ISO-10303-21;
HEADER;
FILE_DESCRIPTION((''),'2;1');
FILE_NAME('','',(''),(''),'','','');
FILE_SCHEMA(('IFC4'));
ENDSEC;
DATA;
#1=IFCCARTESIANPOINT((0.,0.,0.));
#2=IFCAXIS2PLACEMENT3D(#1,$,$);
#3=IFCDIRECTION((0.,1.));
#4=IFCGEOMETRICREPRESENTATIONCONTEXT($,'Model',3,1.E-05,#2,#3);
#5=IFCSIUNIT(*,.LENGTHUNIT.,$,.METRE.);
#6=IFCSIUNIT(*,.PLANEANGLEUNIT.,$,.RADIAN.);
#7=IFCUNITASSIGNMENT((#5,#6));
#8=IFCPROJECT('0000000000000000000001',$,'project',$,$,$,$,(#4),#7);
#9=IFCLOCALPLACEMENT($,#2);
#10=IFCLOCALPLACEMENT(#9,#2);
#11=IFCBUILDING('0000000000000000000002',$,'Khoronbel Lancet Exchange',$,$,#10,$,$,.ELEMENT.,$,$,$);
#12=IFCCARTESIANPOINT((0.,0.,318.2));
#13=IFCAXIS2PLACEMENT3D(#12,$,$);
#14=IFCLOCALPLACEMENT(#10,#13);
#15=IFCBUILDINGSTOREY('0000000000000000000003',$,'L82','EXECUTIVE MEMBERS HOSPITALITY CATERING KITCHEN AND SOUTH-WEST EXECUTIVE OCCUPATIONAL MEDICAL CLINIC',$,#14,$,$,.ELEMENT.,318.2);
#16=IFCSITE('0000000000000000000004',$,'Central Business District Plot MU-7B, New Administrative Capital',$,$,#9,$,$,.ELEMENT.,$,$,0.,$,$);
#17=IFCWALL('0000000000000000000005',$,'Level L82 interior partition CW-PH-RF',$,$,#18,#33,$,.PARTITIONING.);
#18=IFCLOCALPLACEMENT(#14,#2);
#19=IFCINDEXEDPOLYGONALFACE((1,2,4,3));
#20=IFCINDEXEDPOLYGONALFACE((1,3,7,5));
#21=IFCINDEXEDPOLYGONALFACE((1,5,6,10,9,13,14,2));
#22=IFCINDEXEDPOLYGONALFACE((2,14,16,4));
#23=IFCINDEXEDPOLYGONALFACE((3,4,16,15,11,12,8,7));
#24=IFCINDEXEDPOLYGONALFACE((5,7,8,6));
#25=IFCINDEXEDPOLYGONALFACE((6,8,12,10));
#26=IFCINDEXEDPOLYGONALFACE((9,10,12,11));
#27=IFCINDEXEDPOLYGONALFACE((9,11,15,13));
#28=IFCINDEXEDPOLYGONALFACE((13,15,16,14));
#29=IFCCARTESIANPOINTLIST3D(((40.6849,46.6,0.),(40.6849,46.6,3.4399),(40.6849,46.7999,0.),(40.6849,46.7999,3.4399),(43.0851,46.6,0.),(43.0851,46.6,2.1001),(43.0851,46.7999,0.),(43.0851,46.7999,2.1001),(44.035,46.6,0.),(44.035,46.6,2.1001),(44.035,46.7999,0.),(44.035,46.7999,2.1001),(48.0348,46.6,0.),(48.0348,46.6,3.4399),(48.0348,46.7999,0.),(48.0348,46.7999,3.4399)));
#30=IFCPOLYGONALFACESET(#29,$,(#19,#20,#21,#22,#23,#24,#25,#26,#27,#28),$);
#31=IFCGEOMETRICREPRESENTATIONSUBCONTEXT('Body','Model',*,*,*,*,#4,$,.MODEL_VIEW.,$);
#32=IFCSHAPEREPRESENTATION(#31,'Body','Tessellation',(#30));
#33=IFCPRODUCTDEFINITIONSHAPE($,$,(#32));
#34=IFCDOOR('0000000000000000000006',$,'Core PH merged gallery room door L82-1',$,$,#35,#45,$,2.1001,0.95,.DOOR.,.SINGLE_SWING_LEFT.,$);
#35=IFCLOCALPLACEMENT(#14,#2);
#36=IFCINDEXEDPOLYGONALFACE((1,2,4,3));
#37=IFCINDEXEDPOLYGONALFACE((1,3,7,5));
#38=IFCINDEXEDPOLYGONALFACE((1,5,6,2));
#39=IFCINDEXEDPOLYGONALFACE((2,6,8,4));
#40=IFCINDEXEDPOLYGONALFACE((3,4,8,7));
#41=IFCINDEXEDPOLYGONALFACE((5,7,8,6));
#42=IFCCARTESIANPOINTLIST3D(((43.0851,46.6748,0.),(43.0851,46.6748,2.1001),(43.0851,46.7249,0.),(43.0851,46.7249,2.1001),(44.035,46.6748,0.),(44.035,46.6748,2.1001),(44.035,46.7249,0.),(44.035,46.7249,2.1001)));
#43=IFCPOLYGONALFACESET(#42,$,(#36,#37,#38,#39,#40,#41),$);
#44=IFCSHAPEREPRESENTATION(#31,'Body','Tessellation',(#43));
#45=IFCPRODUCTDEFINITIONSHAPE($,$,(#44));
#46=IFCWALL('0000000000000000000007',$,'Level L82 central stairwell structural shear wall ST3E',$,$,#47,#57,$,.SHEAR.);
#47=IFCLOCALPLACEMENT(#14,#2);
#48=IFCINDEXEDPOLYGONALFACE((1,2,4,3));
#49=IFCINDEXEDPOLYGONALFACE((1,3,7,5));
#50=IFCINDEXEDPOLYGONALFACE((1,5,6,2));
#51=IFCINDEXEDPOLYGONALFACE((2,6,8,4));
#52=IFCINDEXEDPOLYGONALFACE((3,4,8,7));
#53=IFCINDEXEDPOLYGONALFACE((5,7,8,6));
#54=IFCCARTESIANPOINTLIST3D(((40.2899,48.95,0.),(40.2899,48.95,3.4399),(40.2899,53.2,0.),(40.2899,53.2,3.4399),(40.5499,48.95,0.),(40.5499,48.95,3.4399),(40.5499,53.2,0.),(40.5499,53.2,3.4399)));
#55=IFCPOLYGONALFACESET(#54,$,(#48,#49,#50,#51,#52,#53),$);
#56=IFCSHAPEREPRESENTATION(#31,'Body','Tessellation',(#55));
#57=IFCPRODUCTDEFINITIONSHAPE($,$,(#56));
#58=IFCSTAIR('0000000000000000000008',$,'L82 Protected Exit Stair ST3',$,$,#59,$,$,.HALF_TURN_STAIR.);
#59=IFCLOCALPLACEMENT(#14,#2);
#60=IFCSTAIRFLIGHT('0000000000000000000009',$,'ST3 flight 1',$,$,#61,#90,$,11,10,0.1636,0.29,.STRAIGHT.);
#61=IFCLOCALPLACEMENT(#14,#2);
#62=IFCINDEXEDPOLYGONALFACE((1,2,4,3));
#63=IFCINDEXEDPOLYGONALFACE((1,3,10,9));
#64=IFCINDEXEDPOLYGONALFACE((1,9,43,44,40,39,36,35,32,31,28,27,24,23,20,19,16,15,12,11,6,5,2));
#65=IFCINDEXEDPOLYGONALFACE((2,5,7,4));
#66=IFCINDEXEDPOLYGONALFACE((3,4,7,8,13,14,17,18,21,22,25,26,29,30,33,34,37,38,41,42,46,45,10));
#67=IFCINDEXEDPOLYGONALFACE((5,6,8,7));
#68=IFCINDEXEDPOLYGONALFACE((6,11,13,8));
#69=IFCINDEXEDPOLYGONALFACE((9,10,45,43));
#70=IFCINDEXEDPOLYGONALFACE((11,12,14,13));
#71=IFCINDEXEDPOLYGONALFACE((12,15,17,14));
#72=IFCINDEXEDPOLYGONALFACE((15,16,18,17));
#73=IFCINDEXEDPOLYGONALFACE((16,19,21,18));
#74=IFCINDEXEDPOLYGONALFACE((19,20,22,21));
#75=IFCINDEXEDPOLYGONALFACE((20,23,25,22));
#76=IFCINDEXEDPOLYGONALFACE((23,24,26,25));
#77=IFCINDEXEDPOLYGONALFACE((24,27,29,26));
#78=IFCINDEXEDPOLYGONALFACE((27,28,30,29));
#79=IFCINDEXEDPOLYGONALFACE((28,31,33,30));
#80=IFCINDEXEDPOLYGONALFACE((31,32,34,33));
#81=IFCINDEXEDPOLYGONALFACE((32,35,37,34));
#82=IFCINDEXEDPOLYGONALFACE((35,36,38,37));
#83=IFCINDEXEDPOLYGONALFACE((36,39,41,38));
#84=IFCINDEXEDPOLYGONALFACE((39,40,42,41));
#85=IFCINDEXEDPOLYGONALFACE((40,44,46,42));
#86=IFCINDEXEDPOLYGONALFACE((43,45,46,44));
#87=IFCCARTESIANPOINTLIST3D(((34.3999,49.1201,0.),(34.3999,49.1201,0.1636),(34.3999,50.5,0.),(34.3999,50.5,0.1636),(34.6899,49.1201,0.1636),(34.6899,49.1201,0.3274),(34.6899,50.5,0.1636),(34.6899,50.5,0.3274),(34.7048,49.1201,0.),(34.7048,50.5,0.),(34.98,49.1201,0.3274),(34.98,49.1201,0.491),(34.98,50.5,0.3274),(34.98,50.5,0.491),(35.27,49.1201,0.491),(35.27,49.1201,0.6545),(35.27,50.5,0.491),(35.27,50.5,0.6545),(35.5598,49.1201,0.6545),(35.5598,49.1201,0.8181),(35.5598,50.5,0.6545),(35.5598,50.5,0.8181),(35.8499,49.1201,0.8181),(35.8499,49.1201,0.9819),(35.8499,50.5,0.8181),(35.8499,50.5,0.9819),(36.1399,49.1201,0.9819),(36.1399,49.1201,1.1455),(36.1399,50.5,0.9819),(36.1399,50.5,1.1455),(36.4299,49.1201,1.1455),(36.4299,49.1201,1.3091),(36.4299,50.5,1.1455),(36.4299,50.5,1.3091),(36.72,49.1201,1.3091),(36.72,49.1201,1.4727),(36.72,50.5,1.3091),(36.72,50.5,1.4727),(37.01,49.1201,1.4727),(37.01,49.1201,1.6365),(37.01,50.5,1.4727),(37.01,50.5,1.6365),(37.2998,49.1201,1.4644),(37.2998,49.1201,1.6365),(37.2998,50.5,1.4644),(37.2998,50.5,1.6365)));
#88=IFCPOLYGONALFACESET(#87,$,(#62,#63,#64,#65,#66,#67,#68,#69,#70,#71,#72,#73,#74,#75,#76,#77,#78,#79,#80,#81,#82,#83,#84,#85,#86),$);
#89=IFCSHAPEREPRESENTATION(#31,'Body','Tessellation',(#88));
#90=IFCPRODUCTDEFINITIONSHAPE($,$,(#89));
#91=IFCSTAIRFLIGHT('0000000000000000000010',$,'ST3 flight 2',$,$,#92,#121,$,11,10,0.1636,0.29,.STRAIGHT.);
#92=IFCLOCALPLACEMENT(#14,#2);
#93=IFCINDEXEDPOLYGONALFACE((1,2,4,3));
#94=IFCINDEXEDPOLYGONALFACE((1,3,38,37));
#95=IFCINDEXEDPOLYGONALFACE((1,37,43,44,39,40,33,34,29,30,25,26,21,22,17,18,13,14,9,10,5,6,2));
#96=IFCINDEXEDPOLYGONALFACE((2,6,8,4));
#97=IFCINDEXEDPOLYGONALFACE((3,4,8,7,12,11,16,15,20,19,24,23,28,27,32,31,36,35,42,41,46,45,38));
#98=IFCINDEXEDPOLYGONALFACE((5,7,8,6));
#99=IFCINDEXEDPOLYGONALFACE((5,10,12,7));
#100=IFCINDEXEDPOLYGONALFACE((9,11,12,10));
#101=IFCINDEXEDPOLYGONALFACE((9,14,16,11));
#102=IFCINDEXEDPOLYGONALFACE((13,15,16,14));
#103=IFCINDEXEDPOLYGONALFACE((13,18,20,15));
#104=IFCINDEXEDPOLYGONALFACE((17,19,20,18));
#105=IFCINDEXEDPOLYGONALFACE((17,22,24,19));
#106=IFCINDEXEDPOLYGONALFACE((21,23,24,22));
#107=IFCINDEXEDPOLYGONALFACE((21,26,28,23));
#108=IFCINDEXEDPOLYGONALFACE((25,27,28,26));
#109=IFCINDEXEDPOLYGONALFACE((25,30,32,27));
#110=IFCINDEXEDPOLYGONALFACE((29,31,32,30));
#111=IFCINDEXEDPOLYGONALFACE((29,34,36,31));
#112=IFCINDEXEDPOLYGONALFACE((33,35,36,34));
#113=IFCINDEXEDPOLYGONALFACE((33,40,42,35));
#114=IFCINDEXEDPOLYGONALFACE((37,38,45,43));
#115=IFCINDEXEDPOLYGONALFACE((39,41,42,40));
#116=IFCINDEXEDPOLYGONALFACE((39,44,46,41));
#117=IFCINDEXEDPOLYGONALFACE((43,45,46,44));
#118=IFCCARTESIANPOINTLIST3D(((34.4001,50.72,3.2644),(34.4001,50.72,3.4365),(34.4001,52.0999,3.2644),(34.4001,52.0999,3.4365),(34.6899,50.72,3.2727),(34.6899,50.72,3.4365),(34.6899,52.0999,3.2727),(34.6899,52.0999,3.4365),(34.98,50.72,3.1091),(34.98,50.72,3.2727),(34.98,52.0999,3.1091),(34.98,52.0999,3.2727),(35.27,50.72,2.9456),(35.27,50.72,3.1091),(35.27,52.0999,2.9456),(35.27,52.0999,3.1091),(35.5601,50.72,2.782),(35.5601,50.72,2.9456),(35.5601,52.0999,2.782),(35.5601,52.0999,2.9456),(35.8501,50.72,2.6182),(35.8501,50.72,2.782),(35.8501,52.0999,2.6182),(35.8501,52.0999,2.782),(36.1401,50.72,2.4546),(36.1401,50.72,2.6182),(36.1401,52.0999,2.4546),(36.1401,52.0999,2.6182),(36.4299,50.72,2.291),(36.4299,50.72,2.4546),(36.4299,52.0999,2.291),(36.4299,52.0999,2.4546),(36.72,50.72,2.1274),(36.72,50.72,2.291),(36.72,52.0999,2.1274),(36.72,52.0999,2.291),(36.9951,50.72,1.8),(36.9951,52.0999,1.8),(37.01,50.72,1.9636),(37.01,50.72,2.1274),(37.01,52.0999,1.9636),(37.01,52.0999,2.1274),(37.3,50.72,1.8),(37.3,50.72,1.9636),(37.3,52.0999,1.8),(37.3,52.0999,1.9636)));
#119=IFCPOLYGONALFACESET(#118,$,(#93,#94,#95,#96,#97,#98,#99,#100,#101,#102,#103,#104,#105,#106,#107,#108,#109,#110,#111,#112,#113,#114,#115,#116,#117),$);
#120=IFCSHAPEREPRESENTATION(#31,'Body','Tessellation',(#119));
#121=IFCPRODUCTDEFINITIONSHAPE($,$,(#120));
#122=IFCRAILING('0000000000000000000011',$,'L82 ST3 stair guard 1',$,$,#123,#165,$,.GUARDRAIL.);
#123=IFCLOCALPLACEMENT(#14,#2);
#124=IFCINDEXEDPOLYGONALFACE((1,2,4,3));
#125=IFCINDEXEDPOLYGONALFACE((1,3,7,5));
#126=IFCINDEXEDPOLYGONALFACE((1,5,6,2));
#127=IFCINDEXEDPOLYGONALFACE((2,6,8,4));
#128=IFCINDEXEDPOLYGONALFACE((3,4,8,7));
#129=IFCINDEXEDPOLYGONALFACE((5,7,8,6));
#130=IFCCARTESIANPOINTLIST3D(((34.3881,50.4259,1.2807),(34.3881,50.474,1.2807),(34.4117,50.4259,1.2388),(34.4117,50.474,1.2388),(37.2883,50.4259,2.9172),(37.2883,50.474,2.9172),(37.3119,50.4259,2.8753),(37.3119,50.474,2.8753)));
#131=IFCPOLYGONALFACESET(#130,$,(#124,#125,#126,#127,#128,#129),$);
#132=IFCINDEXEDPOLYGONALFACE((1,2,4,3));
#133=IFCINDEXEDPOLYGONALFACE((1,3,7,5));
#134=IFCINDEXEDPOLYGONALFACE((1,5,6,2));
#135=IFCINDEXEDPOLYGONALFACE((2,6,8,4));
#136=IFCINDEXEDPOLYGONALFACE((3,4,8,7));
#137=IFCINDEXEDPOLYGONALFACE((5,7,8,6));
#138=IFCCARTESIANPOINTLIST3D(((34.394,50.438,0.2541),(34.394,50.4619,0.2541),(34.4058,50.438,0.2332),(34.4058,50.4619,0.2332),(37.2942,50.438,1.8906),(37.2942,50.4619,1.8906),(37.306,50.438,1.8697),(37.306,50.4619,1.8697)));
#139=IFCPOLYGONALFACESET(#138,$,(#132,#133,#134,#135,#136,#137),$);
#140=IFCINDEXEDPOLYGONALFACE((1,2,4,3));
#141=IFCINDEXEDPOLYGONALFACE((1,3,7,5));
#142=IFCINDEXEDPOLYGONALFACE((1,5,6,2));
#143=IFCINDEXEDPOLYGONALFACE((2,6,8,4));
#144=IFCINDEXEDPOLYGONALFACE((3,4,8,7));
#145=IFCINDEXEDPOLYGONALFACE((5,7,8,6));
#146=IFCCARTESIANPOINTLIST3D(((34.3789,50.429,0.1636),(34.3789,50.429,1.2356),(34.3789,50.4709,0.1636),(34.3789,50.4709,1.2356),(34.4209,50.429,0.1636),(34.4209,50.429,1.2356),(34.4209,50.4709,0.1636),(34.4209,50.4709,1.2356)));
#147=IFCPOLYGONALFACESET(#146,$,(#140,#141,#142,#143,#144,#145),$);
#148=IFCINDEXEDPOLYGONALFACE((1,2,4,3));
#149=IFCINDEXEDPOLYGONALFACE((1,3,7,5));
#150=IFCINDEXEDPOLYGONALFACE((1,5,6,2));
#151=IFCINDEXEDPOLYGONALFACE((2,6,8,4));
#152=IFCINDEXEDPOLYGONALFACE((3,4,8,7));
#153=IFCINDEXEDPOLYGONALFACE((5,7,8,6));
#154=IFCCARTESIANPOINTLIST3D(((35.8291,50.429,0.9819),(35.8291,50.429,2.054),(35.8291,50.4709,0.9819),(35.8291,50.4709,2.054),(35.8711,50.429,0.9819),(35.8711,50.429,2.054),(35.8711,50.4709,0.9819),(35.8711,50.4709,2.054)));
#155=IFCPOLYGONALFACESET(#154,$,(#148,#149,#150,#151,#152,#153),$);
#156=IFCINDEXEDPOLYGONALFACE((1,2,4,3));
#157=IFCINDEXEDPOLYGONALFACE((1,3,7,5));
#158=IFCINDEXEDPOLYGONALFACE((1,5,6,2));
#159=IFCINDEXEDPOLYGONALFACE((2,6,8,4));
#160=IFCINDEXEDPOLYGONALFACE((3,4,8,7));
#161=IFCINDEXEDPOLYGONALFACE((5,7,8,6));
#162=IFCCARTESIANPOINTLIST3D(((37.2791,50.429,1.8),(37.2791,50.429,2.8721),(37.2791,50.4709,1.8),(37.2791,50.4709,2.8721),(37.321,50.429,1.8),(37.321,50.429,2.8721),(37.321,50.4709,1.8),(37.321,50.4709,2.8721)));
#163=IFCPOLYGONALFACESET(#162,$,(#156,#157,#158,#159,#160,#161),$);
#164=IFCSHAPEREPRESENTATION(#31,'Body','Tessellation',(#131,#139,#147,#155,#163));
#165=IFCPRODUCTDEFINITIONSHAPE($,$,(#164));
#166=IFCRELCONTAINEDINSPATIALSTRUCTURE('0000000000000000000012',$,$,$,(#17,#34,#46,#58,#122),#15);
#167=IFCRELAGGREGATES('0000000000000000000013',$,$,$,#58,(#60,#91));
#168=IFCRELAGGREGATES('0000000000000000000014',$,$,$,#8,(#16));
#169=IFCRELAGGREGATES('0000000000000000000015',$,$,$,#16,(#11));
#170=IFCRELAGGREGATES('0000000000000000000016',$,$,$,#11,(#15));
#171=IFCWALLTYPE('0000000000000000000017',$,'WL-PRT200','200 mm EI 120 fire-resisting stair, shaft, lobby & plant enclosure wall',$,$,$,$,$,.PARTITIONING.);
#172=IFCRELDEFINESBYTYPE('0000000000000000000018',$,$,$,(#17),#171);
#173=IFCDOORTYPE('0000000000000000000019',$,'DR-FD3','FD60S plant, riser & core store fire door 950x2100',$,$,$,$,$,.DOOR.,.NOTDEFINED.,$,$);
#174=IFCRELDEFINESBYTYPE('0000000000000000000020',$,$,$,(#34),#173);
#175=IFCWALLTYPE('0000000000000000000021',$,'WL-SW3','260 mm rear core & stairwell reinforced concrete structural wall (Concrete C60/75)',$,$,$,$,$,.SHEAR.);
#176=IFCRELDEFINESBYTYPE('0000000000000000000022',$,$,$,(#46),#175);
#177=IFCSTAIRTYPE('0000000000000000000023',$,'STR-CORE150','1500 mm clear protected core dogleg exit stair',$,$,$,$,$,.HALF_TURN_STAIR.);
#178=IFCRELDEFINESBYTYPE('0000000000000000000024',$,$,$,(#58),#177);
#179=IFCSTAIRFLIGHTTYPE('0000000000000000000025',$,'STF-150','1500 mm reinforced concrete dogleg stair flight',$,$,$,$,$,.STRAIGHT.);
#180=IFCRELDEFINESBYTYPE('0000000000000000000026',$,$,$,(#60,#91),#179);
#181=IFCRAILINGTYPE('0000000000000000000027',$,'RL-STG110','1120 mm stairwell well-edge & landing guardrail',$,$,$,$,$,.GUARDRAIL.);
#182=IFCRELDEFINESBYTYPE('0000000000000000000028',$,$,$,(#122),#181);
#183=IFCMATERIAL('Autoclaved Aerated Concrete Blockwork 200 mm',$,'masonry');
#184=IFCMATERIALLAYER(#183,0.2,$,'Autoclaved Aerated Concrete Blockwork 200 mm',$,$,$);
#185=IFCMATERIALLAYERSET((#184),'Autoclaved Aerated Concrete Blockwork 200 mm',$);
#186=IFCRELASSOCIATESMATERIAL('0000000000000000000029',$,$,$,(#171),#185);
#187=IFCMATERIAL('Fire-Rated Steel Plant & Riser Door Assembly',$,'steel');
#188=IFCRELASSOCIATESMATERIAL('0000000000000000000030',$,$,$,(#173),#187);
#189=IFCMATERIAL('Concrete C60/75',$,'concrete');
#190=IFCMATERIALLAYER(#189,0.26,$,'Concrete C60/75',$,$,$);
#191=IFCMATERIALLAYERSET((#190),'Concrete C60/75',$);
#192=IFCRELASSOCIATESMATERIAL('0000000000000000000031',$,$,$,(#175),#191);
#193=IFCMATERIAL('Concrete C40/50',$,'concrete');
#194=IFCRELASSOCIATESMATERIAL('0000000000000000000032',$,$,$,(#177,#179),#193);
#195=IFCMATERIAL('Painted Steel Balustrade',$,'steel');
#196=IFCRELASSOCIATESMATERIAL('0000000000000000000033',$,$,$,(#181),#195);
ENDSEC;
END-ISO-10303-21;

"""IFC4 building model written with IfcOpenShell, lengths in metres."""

from ifc_helpers import new_model, si_unit, direction, frame, frame_2d, origin, origin_2d, place, context, subcontext, project, spatial, polyline, rectangle, outline, extrude, material, layer, layer_set, type_object, element, fill, aggregate, save


model = new_model("IFC4")

# Units and contexts
model_context = context("Model", 3, precision=1e-05, world=origin(), true_north=direction((0.0, 1.0)))
body_context = subcontext(model_context, "Body", "Model", "MODEL_VIEW")
ifc_project = project(units=[si_unit("LENGTHUNIT", "METRE"), si_unit("PLANEANGLEUNIT", "RADIAN")], contexts=[model_context])

# Site, building, storey
site_placement = place(None, origin())
site = spatial("IfcSite", under=ifc_project, at=site_placement, Name="Central Business District Plot MU-7B, New Administrative Capital", CompositionType="ELEMENT", RefElevation=0.0)
building_placement = place(site_placement, origin())
building = spatial("IfcBuilding", under=site, at=building_placement, Name="Khoronbel Lancet Exchange", CompositionType="ELEMENT")
storey_placement = place(building_placement, frame((0.0, 0.0, 318.2)))
storey = spatial("IfcBuildingStorey", under=building, at=storey_placement, Name="L82", Description="EXECUTIVE MEMBERS HOSPITALITY CATERING KITCHEN AND SOUTH-WEST EXECUTIVE OCCUPATIONAL MEDICAL CLINIC", CompositionType="ELEMENT", Elevation=318.2)

# Shared definitions
ifc_material_1 = material(Name="Concrete C60/75", Category="concrete")

# Shared definitions
ifc_material_2 = material(Name="Autoclaved Aerated Concrete Blockwork 200 mm", Category="masonry")
ifc_layer_1 = layer(ifc_material_2, 0.2, Name="Autoclaved Aerated Concrete Blockwork 200 mm")
ifc_layer_set_1 = layer_set([ifc_layer_1], Name="Autoclaved Aerated Concrete Blockwork 200 mm")
wall_type_1 = type_object("IfcWallType", Name="WL-PRT200", Description="200 mm EI 120 fire-resisting stair, shaft, lobby & plant enclosure wall", PredefinedType="PARTITIONING", material=ifc_layer_set_1)

# Wall, opening, door
wall_1_placement = place(storey_placement, frame((40.6851, 46.7, 0.0), z_axis=(0.0, 0.0, 1.0), x_axis=(1.0, 0.0, 0.0)))
wall_1 = element("IfcWall", 1, at=wall_1_placement, inside=storey, type_object=wall_type_1, Name="Level L82 interior partition CW-PH-RF", PredefinedType="PARTITIONING", context=body_context, shape_type="SweptSolid", body=[
    extrude(rectangle(XDim=7.3499, YDim=0.2, at=frame_2d((3.6748, 0.0))), origin(), (0.0, 0.0, 1.0), 3.4399),
])
opening_1_placement = place(wall_1_placement, frame((2.3999, 0.0, 0.0)))
opening_1 = element("IfcOpeningElement", 2, at=opening_1_placement, cuts=wall_1, PredefinedType="OPENING", context=body_context, shape_type="SweptSolid", body=[
    extrude(rectangle(XDim=0.95, YDim=2.1001, at=frame_2d((0.4751, 1.05))), frame((0.0, 0.1099, 0.0), z_axis=(0.0, -1.0, 0.0), x_axis=(1.0, 0.0, 0.0)), (0.0, 0.0, 1.0), 0.22),
])
ifc_material_3 = material(Name="Fire-Rated Steel Plant & Riser Door Assembly", Category="steel")
door_type_1 = type_object("IfcDoorType", Name="DR-FD3", Description="FD60S plant, riser & core store fire door 950x2100", OperationType="NOTDEFINED", PredefinedType="DOOR", material=ifc_material_3)
door_1_placement = place(opening_1_placement, origin())
door_1 = element("IfcDoor", 3, at=door_1_placement, inside=storey, type_object=door_type_1, Name="Core PH merged gallery room door L82-1", OperationType="SINGLE_SWING_LEFT", OverallHeight=2.1001, OverallWidth=0.95, PredefinedType="DOOR", context=body_context, shape_type="SweptSolid", body=[
    extrude(rectangle(XDim=0.95, YDim=2.1001, at=frame_2d((0.4751, 1.05))), frame((0.0, 0.0249, 0.0), z_axis=(0.0, -1.0, 0.0), x_axis=(1.0, 0.0, 0.0)), (0.0, 0.0, 1.0), 0.05),
])
fill(opening_1, door_1)

# Wall
ifc_layer_2 = layer(ifc_material_1, 0.26, Name="Concrete C60/75")
ifc_layer_set_2 = layer_set([ifc_layer_2], Name="Concrete C60/75")
wall_type_2 = type_object("IfcWallType", Name="WL-SW3", Description="260 mm rear core & stairwell reinforced concrete structural wall (Concrete C60/75)", PredefinedType="SHEAR", material=ifc_layer_set_2)
wall_2_placement = place(storey_placement, frame((40.4199, 48.95, 0.0), z_axis=(0.0, 0.0, 1.0), x_axis=(0.0, 1.0, 0.0)))
element("IfcWall", 4, at=wall_2_placement, inside=storey, type_object=wall_type_2, Name="Level L82 central stairwell structural shear wall ST3E", PredefinedType="SHEAR", context=body_context, shape_type="SweptSolid", body=[
    extrude(rectangle(XDim=4.25, YDim=0.26, at=frame_2d((2.125, 0.0))), origin(), (0.0, 0.0, 1.0), 3.4399),
])

# Stair, stair flights
ifc_material_4 = material(Name="Concrete C40/50", Category="concrete")
stair_type = type_object("IfcStairType", Name="STR-CORE150", Description="1500 mm clear protected core dogleg exit stair", PredefinedType="HALF_TURN_STAIR", material=ifc_material_4)
stair_placement = place(storey_placement, origin())
stair = element("IfcStair", 5, at=stair_placement, inside=storey, type_object=stair_type, Name="L82 Protected Exit Stair ST3", PredefinedType="HALF_TURN_STAIR")
stair_flight_type = type_object("IfcStairFlightType", Name="STF-150", Description="1500 mm reinforced concrete dogleg stair flight", PredefinedType="STRAIGHT", material=ifc_material_4)
stair_flight_1_placement = place(storey_placement, frame((34.3999, 49.8101, 0.0), z_axis=(0.0, 0.0, 1.0), x_axis=(1.0, 0.0, 0.0)))
stair_flight_1 = element("IfcStairFlight", 6, at=stair_flight_1_placement, type_object=stair_flight_type, Name="ST3 flight 1", NumberOfRisers=11, NumberOfTreads=10, PredefinedType="STRAIGHT", RiserHeight=0.1636, TreadLength=0.29, context=body_context, shape_type="SweptSolid", body=[
    extrude(outline(polyline([(0.0, 0.0), (0.0, 0.1636), (0.29, 0.1636), (0.29, 0.3274), (0.5801, 0.3274), (0.5801, 0.491), (0.8701, 0.491), (0.8701, 0.6545), (1.1599, 0.6545), (1.1599, 0.8181), (1.45, 0.8181), (1.45, 0.9819), (1.74, 0.9819), (1.74, 1.1455), (2.03, 1.1455), (2.03, 1.3091), (2.3201, 1.3091), (2.3201, 1.4727), (2.6101, 1.4727), (2.6101, 1.6365), (2.8999, 1.6365), (2.8999, 1.8), (2.8999, 1.4644), (0.3049, 0.0), (0.0, 0.0)])), frame((0.0, 0.6899, 0.0), z_axis=(0.0, -1.0, 0.0), x_axis=(1.0, 0.0, 0.0)), (0.0, 0.0, 1.0), 1.3799),
])
stair_flight_2_placement = place(storey_placement, frame((37.3, 51.4099, 1.8), z_axis=(0.0, 0.0, 1.0), x_axis=(-1.0, 0.0, 0.0)))
stair_flight_2 = element("IfcStairFlight", 7, at=stair_flight_2_placement, type_object=stair_flight_type, Name="ST3 flight 2", NumberOfRisers=11, NumberOfTreads=10, PredefinedType="STRAIGHT", RiserHeight=0.1636, TreadLength=0.29, context=body_context, shape_type="SweptSolid", body=[
    extrude(outline(polyline([(0.0, 0.0), (0.0, 0.1636), (0.29, 0.1636), (0.29, 0.3274), (0.5801, 0.3274), (0.5801, 0.491), (0.8701, 0.491), (0.8701, 0.6545), (1.1599, 0.6545), (1.1599, 0.8181), (1.45, 0.8181), (1.45, 0.9819), (1.74, 0.9819), (1.74, 1.1455), (2.03, 1.1455), (2.03, 1.3091), (2.3201, 1.3091), (2.3201, 1.4727), (2.6101, 1.4727), (2.6101, 1.6365), (2.8999, 1.6365), (2.8999, 1.8), (2.8999, 1.4644), (0.3049, 0.0), (0.0, 0.0)])), frame((0.0, 0.6899, 0.0), z_axis=(0.0, -1.0, 0.0), x_axis=(1.0, 0.0, 0.0)), (0.0, 0.0, 1.0), 1.3799),
])
aggregate(stair, [stair_flight_1, stair_flight_2])

# Railing
ifc_material_5 = material(Name="Painted Steel Balustrade", Category="steel")
railing_type_1 = type_object("IfcRailingType", Name="RL-STG110", Description="1120 mm stairwell well-edge & landing guardrail", PredefinedType="GUARDRAIL", material=ifc_material_5)
railing_1_placement = place(storey_placement, frame((34.3999, 50.45, 0.1636)))
element("IfcRailing", 8, at=railing_1_placement, inside=storey, type_object=railing_type_1, Name="L82 ST3 stair guard 1", PredefinedType="GUARDRAIL", context=body_context, shape_type="SweptSolid", body=[
    extrude(rectangle(XDim=0.0481, YDim=0.0481, at=origin_2d()), frame((0.0, 0.0, 1.0962), z_axis=(0.870915, 0.0, 0.491434), x_axis=(0.0, 1.0, 0.0)), (0.0, 0.0, 1.0), 3.3301),
    extrude(rectangle(XDim=0.0239, YDim=0.0239, at=origin_2d()), frame((0.0, 0.0, 0.0801), z_axis=(0.870915, 0.0, 0.491434), x_axis=(0.0, 1.0, 0.0)), (0.0, 0.0, 1.0), 3.3301),
    extrude(rectangle(XDim=0.042, YDim=0.042, at=origin_2d()), origin(), (0.0, 0.0, 1.0), 1.072),
    extrude(rectangle(XDim=0.042, YDim=0.042, at=origin_2d()), frame((1.4502, 0.0, 0.8184)), (0.0, 0.0, 1.0), 1.072),
    extrude(rectangle(XDim=0.042, YDim=0.042, at=origin_2d()), frame((2.9001, 0.0, 1.6365)), (0.0, 0.0, 1.0), 1.072),
])

save(model, "model.ifc")
